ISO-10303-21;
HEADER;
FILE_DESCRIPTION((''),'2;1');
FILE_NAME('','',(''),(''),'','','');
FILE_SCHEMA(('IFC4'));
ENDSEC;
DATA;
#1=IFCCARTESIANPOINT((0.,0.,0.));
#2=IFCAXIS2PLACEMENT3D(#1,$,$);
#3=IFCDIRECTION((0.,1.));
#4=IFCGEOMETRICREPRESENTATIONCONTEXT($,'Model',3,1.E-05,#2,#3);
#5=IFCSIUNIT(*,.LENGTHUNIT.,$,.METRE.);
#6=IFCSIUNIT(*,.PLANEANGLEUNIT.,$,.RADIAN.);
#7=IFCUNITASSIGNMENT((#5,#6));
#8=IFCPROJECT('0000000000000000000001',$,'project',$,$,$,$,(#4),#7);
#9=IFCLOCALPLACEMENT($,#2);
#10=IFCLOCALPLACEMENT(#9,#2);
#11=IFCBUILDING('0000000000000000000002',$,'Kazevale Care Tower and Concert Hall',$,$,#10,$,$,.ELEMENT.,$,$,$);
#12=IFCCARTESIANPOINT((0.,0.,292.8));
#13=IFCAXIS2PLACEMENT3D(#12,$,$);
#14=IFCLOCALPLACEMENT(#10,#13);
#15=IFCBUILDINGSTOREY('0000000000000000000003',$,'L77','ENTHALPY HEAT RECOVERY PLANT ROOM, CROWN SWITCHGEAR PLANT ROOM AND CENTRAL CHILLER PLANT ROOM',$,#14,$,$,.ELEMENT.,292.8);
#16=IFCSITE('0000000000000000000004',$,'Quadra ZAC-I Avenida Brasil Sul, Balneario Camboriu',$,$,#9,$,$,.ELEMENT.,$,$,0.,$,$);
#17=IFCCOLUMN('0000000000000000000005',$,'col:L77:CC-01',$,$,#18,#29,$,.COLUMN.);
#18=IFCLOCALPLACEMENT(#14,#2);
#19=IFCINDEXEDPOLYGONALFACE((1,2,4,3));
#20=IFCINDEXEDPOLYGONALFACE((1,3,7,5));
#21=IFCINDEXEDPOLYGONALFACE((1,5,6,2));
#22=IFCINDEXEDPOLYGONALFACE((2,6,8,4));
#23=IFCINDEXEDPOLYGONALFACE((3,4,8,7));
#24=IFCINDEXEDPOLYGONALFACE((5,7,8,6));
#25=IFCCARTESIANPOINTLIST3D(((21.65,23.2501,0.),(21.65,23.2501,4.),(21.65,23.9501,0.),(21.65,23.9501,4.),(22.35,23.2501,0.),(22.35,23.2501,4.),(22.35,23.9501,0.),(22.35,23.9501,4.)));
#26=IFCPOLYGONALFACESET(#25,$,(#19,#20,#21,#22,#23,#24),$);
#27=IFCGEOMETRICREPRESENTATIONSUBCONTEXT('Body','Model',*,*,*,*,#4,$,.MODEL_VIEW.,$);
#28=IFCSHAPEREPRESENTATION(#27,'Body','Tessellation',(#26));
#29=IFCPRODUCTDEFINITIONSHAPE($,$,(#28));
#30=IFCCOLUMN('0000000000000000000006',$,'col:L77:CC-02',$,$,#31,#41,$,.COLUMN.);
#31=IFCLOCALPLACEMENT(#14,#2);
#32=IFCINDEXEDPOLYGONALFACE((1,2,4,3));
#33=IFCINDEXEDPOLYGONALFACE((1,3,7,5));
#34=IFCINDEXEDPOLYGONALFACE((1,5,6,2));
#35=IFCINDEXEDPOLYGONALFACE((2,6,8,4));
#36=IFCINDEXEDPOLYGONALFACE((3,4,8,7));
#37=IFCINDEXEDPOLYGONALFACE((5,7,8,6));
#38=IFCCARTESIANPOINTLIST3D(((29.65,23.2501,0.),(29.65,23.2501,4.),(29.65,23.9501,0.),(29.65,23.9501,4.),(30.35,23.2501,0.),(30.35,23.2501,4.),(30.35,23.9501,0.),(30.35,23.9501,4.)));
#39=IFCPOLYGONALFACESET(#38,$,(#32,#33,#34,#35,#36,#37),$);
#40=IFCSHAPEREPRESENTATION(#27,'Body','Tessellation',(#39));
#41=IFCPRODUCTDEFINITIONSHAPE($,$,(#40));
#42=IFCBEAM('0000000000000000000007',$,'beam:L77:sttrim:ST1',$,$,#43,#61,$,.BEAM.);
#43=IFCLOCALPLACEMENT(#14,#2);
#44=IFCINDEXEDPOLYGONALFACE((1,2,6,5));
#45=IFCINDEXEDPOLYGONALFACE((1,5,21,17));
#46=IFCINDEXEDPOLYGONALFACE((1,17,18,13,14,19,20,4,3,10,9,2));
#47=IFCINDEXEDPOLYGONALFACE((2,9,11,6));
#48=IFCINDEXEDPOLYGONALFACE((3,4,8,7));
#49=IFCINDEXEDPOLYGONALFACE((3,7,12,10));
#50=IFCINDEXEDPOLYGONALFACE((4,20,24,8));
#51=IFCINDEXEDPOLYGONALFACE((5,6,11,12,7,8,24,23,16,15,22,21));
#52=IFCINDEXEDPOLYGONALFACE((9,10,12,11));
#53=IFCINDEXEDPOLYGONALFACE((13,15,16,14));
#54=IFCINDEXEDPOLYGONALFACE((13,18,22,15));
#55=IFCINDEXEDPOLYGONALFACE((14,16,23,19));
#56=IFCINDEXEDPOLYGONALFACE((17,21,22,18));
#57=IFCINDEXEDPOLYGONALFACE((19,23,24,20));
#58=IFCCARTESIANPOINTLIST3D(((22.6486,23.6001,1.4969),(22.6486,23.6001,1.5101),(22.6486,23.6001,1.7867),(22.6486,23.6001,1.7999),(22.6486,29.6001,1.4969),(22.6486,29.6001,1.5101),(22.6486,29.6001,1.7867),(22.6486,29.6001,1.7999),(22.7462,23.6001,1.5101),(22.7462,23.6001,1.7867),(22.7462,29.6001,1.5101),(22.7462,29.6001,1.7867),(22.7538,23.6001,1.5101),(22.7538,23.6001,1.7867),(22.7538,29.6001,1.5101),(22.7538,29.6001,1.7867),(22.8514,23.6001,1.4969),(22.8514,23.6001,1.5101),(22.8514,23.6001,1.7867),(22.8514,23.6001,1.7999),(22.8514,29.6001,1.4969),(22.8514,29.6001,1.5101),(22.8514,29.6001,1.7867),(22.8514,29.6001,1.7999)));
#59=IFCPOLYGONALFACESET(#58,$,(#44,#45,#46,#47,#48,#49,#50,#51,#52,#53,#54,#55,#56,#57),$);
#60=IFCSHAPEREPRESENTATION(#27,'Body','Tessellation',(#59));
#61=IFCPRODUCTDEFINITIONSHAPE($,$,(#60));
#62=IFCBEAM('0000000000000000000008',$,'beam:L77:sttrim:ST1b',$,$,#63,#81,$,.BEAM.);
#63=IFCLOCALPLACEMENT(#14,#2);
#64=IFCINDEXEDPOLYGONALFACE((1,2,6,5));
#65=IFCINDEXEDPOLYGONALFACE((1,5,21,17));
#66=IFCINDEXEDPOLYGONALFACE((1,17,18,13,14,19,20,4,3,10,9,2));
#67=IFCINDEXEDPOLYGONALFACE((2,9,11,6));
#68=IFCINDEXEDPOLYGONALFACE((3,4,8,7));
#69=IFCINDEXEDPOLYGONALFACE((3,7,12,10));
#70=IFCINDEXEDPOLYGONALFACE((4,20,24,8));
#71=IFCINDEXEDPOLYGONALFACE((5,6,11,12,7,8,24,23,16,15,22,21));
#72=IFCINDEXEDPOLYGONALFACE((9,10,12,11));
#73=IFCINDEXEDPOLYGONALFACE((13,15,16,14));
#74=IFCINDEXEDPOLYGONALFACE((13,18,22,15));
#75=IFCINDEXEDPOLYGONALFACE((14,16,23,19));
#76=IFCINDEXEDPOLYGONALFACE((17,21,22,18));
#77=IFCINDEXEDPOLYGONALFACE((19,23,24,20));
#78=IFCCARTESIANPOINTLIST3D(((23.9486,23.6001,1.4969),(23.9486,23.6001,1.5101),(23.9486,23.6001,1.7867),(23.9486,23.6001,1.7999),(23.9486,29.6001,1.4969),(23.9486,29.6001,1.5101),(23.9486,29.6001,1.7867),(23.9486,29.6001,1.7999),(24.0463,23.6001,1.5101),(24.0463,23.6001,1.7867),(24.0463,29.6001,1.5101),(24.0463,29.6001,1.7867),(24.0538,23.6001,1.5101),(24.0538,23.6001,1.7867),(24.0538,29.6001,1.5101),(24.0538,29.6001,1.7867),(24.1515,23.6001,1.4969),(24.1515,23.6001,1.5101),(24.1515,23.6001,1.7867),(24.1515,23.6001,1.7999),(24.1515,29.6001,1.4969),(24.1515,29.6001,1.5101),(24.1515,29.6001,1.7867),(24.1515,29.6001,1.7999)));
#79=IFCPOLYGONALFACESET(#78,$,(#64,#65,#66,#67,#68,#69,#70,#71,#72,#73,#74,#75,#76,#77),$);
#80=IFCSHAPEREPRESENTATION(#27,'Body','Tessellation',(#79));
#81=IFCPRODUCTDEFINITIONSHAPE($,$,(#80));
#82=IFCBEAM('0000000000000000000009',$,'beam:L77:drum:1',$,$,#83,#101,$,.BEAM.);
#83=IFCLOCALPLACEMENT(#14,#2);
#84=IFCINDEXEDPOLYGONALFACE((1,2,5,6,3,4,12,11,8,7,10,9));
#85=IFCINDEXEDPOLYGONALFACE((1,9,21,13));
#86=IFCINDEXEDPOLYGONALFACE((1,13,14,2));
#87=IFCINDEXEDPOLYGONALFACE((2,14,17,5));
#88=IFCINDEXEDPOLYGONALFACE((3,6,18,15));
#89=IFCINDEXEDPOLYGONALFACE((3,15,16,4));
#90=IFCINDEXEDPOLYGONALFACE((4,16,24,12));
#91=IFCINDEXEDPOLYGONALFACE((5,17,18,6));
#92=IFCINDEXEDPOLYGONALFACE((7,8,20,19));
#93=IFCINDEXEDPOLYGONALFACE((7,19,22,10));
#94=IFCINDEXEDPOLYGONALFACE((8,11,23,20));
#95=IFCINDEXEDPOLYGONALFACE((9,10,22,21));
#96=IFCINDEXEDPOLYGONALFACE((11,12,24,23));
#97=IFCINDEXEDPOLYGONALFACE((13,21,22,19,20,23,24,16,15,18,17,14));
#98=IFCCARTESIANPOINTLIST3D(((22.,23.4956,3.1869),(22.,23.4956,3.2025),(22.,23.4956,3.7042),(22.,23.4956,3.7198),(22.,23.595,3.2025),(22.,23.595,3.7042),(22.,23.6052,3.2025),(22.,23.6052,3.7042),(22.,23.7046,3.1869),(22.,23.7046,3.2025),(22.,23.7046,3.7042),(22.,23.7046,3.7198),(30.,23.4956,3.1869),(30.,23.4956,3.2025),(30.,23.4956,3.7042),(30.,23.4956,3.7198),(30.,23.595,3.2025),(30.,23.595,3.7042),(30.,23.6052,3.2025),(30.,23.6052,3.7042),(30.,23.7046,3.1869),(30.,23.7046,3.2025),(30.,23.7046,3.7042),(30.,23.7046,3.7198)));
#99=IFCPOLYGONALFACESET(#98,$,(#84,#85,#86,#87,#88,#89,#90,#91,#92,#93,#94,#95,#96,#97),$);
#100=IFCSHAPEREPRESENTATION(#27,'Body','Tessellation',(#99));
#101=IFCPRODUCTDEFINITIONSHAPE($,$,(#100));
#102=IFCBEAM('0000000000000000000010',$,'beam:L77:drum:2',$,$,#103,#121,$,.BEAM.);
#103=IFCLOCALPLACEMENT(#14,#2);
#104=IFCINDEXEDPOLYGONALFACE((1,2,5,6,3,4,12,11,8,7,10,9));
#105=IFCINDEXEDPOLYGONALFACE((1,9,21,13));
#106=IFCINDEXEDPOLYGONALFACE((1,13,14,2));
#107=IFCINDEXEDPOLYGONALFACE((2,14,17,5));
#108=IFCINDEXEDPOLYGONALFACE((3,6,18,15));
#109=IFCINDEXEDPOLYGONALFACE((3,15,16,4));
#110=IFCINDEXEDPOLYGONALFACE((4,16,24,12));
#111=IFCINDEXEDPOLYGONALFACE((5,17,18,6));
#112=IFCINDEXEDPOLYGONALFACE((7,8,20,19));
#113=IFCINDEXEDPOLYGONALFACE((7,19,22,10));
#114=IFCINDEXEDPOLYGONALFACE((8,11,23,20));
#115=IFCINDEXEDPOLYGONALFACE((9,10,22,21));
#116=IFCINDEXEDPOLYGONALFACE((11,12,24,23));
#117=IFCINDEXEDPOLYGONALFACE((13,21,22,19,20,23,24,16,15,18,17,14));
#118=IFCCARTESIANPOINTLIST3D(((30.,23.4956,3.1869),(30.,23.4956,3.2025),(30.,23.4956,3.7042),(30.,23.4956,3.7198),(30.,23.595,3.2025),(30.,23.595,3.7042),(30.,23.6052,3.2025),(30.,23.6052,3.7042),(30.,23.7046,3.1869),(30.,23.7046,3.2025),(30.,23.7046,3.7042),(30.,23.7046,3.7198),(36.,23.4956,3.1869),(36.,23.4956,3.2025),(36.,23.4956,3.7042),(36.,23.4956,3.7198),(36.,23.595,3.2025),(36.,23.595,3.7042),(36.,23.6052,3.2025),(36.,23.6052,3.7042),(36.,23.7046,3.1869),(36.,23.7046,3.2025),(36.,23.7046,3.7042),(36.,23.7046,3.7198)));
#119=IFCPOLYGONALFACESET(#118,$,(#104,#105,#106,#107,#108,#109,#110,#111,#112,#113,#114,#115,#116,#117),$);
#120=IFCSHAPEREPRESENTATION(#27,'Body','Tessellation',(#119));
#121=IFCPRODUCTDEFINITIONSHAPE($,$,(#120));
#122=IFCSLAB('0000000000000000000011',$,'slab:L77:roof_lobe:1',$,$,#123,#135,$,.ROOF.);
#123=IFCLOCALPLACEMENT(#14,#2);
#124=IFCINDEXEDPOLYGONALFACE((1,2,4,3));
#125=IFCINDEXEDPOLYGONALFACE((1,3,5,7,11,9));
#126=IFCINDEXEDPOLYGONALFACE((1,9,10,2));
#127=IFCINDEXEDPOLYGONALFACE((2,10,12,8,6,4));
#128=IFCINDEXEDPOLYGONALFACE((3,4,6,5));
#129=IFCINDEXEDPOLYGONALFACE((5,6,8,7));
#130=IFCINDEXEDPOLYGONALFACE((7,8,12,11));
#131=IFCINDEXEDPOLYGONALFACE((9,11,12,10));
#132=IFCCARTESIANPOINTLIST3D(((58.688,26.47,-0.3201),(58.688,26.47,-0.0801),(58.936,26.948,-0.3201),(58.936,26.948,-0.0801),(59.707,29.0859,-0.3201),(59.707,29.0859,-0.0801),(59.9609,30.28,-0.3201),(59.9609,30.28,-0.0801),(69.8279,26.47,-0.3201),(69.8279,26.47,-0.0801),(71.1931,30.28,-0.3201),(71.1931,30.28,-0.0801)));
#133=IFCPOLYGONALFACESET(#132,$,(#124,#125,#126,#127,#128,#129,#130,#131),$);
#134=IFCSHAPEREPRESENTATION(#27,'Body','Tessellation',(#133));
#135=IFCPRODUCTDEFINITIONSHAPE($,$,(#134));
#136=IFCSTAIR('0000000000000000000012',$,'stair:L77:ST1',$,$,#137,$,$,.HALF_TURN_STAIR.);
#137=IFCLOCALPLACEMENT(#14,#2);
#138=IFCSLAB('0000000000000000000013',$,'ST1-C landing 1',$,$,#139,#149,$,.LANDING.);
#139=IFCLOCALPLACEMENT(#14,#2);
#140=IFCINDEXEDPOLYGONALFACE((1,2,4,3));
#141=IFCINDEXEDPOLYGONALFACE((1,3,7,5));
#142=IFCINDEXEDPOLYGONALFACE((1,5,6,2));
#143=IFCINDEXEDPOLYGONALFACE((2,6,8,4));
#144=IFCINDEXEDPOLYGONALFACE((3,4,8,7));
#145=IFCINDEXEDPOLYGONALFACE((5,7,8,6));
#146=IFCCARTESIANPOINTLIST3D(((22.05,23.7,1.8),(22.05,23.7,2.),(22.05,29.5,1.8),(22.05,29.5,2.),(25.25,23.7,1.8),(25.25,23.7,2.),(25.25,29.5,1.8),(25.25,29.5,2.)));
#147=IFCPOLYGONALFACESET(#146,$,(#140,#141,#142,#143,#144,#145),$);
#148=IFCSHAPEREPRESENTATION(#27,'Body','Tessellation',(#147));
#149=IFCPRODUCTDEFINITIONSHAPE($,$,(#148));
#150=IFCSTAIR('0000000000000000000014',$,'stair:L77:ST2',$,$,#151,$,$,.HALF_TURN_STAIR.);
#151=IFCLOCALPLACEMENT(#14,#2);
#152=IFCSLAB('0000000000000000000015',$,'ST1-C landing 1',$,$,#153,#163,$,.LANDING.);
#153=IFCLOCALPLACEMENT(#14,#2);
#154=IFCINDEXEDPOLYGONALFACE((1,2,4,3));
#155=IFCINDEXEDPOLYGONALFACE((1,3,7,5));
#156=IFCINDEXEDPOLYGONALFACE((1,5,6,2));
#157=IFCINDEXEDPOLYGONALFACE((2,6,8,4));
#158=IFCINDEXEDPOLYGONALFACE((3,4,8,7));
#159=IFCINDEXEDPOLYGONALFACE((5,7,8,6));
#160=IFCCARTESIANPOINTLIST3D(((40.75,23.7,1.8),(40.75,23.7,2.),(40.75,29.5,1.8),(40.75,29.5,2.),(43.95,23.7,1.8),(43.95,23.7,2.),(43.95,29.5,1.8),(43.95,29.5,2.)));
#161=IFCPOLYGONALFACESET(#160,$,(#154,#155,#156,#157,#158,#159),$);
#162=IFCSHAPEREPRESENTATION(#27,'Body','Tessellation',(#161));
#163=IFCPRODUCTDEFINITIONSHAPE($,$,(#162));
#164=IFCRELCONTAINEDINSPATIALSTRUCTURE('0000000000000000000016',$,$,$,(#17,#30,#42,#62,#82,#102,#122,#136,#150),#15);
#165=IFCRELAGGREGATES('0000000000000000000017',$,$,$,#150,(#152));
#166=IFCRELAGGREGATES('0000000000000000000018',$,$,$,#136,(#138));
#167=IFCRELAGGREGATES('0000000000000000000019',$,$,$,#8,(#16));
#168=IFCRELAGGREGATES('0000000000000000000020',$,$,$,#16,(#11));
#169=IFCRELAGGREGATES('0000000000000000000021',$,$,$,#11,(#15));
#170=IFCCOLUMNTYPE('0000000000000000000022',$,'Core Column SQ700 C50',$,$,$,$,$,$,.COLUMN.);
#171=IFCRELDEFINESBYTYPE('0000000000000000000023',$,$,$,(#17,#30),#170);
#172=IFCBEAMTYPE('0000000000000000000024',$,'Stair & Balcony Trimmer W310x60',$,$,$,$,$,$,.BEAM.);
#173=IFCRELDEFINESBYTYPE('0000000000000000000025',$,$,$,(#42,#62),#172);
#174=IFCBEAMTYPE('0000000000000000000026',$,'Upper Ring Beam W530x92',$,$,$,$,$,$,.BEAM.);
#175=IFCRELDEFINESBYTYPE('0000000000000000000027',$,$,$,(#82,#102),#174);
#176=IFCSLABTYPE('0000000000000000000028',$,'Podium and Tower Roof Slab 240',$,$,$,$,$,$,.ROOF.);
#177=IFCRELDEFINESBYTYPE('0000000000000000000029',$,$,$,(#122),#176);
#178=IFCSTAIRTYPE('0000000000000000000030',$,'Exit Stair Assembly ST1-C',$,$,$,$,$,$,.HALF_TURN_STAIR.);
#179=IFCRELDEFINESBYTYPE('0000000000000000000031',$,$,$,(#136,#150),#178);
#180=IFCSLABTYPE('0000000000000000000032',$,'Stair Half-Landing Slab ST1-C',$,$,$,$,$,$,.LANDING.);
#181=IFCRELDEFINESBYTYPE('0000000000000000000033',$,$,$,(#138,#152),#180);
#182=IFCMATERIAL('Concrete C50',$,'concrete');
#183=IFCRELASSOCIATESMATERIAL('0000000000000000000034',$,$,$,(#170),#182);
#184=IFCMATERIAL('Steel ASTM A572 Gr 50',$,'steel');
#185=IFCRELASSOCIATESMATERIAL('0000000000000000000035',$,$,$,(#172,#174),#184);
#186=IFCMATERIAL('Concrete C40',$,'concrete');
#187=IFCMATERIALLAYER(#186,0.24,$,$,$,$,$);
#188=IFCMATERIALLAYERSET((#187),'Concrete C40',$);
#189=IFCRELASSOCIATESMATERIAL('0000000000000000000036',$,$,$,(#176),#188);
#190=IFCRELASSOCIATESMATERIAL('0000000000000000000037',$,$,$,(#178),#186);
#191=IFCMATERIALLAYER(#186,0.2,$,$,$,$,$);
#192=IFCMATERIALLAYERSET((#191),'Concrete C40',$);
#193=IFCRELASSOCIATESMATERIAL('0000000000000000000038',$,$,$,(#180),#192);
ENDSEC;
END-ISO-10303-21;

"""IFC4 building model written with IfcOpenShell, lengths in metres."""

from ifc_helpers import new_model, si_unit, direction, frame, origin, origin_2d, place, context, subcontext, project, spatial, polyline, rectangle, i_section, outline, extrude, material, layer, layer_set, material_profile, profile_set, type_object, element, aggregate, save


model = new_model("IFC4")

# Units and contexts
model_context = context("Model", 3, precision=1e-05, world=origin(), true_north=direction((0.0, 1.0)))
body_context = subcontext(model_context, "Body", "Model", "MODEL_VIEW")
ifc_project = project(units=[si_unit("LENGTHUNIT", "METRE"), si_unit("PLANEANGLEUNIT", "RADIAN")], contexts=[model_context])

# Site, building, storey
site_placement = place(None, origin())
site = spatial("IfcSite", under=ifc_project, at=site_placement, Name="Quadra ZAC-I Avenida Brasil Sul, Balneario Camboriu", CompositionType="ELEMENT", RefElevation=0.0)
building_placement = place(site_placement, origin())
building = spatial("IfcBuilding", under=site, at=building_placement, Name="Kazevale Care Tower and Concert Hall", CompositionType="ELEMENT")
storey_placement = place(building_placement, frame((0.0, 0.0, 292.8)))
storey = spatial("IfcBuildingStorey", under=building, at=storey_placement, Name="L77", Description="ENTHALPY HEAT RECOVERY PLANT ROOM, CROWN SWITCHGEAR PLANT ROOM AND CENTRAL CHILLER PLANT ROOM", CompositionType="ELEMENT", Elevation=292.8)

# Columns
ifc_material_1 = material(Name="Concrete C50", Category="concrete")
ifc_material_profile_1 = material_profile(ifc_material_1, rectangle(XDim=0.7, YDim=0.7, at=origin_2d()), Name="RC-SQ700")
ifc_profile_set_1 = profile_set([ifc_material_profile_1], Name="Concrete C50")
column_type = type_object("IfcColumnType", Name="Core Column SQ700 C50", PredefinedType="COLUMN", material=ifc_profile_set_1)
for number, where, z_axis, x_axis, name in (
    (1, (22.0, 23.6001, 0.0), (0.0, 0.0, 1.0), (1.0, 0.0, 0.0), "col:L77:CC-01"),
    (2, (30.0, 23.6001, 0.0), (0.0, 0.0, 1.0), (1.0, 0.0, 0.0), "col:L77:CC-02"),
):
    element("IfcColumn", number, at=place(storey_placement, frame(where, z_axis=z_axis, x_axis=x_axis)), inside=storey, type_object=column_type, Name=name, PredefinedType="COLUMN", context=body_context, shape_type="SweptSolid", body=[
        extrude(rectangle(XDim=0.7, YDim=0.7, at=origin_2d()), origin(), (0.0, 0.0, 1.0), 4.0),
    ])

# Beams
ifc_material_2 = material(Name="Steel ASTM A572 Gr 50", Category="steel")
ifc_material_profile_2 = material_profile(ifc_material_2, i_section(OverallWidth=0.2029, OverallDepth=0.303, WebThickness=0.0076, FlangeThickness=0.0132, at=origin_2d()), Name="W310x60")
ifc_profile_set_2 = profile_set([ifc_material_profile_2], Name="Steel ASTM A572 Gr 50")
beam_type_1 = type_object("IfcBeamType", Name="Stair & Balcony Trimmer W310x60", PredefinedType="BEAM", material=ifc_profile_set_2)
for number, where, z_axis, x_axis, name in (
    (3, (22.75, 23.6001, 1.6484), (0.0, 1.0, 0.0), (-1.0, 0.0, 0.0), "beam:L77:sttrim:ST1"),
    (4, (24.05, 23.6001, 1.6484), (0.0, 1.0, 0.0), (-1.0, 0.0, 0.0), "beam:L77:sttrim:ST1b"),
):
    element("IfcBeam", number, at=place(storey_placement, frame(where, z_axis=z_axis, x_axis=x_axis)), inside=storey, type_object=beam_type_1, Name=name, PredefinedType="BEAM", context=body_context, shape_type="SweptSolid", body=[
        extrude(i_section(OverallWidth=0.2029, OverallDepth=0.303, WebThickness=0.0076, FlangeThickness=0.0132, at=origin_2d()), origin(), (0.0, 0.0, 1.0), 6.0),
    ])
ifc_material_profile_3 = material_profile(ifc_material_2, i_section(OverallWidth=0.209, OverallDepth=0.533, WebThickness=0.0103, FlangeThickness=0.0156, at=origin_2d()), Name="W530x92")
ifc_profile_set_3 = profile_set([ifc_material_profile_3], Name="Steel ASTM A572 Gr 50")
beam_type_2 = type_object("IfcBeamType", Name="Upper Ring Beam W530x92", PredefinedType="BEAM", material=ifc_profile_set_3)
beam_1_placement = place(storey_placement, frame((22.0, 23.6001, 3.4534), z_axis=(1.0, 0.0, 0.0), x_axis=(0.0, 1.0, 0.0)))
element("IfcBeam", 5, at=beam_1_placement, inside=storey, type_object=beam_type_2, Name="beam:L77:drum:1", PredefinedType="BEAM", context=body_context, shape_type="SweptSolid", body=[
    extrude(i_section(OverallWidth=0.209, OverallDepth=0.533, WebThickness=0.0103, FlangeThickness=0.0156, at=origin_2d()), origin(), (0.0, 0.0, 1.0), 8.0),
])
beam_2_placement = place(storey_placement, frame((30.0, 23.6001, 3.4534), z_axis=(1.0, 0.0, 0.0), x_axis=(0.0, 1.0, 0.0)))
element("IfcBeam", 6, at=beam_2_placement, inside=storey, type_object=beam_type_2, Name="beam:L77:drum:2", PredefinedType="BEAM", context=body_context, shape_type="SweptSolid", body=[
    extrude(i_section(OverallWidth=0.209, OverallDepth=0.533, WebThickness=0.0103, FlangeThickness=0.0156, at=origin_2d()), origin(), (0.0, 0.0, 1.0), 6.0),
])

# Slab
ifc_material_3 = material(Name="Concrete C40", Category="concrete")
ifc_layer_1 = layer(ifc_material_3, 0.24)
ifc_layer_set_1 = layer_set([ifc_layer_1], Name="Concrete C40")
slab_type_1 = type_object("IfcSlabType", Name="Podium and Tower Roof Slab 240", PredefinedType="ROOF", material=ifc_layer_set_1)
slab_1_placement = place(storey_placement, frame((0.0, 0.0, -0.3201)))
element("IfcSlab", 7, at=slab_1_placement, inside=storey, type_object=slab_type_1, Name="slab:L77:roof_lobe:1", PredefinedType="ROOF", context=body_context, shape_type="SweptSolid", body=[
    extrude(outline(polyline([(71.1931, 30.28), (59.9609, 30.28), (59.707, 29.0859), (58.936, 26.948), (58.688, 26.47), (69.8279, 26.47), (71.1931, 30.28)])), origin(), (0.0, 0.0, 1.0), 0.24),
])

# Stairs, slabs
stair_type = type_object("IfcStairType", Name="Exit Stair Assembly ST1-C", PredefinedType="HALF_TURN_STAIR", material=ifc_material_3)
stair_1_placement = place(storey_placement, origin())
stair_1 = element("IfcStair", 8, at=stair_1_placement, inside=storey, type_object=stair_type, Name="stair:L77:ST1", PredefinedType="HALF_TURN_STAIR")
ifc_layer_2 = layer(ifc_material_3, 0.2)
ifc_layer_set_2 = layer_set([ifc_layer_2], Name="Concrete C40")
slab_type_2 = type_object("IfcSlabType", Name="Stair Half-Landing Slab ST1-C", PredefinedType="LANDING", material=ifc_layer_set_2)
slab_2_placement = place(storey_placement, frame((0.0, 0.0, 1.8)))
slab_2 = element("IfcSlab", 9, at=slab_2_placement, type_object=slab_type_2, Name="ST1-C landing 1", PredefinedType="LANDING", context=body_context, shape_type="SweptSolid", body=[
    extrude(outline(polyline([(22.05, 23.7), (25.25, 23.7), (25.25, 29.5), (22.05, 29.5), (22.05, 23.7)])), origin(), (0.0, 0.0, 1.0), 0.2),
])
stair_2_placement = place(storey_placement, origin())
stair_2 = element("IfcStair", 10, at=stair_2_placement, inside=storey, type_object=stair_type, Name="stair:L77:ST2", PredefinedType="HALF_TURN_STAIR")
slab_3_placement = place(storey_placement, frame((0.0, 0.0, 1.8)))
slab_3 = element("IfcSlab", 11, at=slab_3_placement, type_object=slab_type_2, Name="ST1-C landing 1", PredefinedType="LANDING", context=body_context, shape_type="SweptSolid", body=[
    extrude(outline(polyline([(40.75, 23.7), (43.95, 23.7), (43.95, 29.5), (40.75, 29.5), (40.75, 23.7)])), origin(), (0.0, 0.0, 1.0), 0.2),
])
aggregate(stair_2, [slab_3])

aggregate(stair_1, [slab_2])

save(model, "model.ifc")
